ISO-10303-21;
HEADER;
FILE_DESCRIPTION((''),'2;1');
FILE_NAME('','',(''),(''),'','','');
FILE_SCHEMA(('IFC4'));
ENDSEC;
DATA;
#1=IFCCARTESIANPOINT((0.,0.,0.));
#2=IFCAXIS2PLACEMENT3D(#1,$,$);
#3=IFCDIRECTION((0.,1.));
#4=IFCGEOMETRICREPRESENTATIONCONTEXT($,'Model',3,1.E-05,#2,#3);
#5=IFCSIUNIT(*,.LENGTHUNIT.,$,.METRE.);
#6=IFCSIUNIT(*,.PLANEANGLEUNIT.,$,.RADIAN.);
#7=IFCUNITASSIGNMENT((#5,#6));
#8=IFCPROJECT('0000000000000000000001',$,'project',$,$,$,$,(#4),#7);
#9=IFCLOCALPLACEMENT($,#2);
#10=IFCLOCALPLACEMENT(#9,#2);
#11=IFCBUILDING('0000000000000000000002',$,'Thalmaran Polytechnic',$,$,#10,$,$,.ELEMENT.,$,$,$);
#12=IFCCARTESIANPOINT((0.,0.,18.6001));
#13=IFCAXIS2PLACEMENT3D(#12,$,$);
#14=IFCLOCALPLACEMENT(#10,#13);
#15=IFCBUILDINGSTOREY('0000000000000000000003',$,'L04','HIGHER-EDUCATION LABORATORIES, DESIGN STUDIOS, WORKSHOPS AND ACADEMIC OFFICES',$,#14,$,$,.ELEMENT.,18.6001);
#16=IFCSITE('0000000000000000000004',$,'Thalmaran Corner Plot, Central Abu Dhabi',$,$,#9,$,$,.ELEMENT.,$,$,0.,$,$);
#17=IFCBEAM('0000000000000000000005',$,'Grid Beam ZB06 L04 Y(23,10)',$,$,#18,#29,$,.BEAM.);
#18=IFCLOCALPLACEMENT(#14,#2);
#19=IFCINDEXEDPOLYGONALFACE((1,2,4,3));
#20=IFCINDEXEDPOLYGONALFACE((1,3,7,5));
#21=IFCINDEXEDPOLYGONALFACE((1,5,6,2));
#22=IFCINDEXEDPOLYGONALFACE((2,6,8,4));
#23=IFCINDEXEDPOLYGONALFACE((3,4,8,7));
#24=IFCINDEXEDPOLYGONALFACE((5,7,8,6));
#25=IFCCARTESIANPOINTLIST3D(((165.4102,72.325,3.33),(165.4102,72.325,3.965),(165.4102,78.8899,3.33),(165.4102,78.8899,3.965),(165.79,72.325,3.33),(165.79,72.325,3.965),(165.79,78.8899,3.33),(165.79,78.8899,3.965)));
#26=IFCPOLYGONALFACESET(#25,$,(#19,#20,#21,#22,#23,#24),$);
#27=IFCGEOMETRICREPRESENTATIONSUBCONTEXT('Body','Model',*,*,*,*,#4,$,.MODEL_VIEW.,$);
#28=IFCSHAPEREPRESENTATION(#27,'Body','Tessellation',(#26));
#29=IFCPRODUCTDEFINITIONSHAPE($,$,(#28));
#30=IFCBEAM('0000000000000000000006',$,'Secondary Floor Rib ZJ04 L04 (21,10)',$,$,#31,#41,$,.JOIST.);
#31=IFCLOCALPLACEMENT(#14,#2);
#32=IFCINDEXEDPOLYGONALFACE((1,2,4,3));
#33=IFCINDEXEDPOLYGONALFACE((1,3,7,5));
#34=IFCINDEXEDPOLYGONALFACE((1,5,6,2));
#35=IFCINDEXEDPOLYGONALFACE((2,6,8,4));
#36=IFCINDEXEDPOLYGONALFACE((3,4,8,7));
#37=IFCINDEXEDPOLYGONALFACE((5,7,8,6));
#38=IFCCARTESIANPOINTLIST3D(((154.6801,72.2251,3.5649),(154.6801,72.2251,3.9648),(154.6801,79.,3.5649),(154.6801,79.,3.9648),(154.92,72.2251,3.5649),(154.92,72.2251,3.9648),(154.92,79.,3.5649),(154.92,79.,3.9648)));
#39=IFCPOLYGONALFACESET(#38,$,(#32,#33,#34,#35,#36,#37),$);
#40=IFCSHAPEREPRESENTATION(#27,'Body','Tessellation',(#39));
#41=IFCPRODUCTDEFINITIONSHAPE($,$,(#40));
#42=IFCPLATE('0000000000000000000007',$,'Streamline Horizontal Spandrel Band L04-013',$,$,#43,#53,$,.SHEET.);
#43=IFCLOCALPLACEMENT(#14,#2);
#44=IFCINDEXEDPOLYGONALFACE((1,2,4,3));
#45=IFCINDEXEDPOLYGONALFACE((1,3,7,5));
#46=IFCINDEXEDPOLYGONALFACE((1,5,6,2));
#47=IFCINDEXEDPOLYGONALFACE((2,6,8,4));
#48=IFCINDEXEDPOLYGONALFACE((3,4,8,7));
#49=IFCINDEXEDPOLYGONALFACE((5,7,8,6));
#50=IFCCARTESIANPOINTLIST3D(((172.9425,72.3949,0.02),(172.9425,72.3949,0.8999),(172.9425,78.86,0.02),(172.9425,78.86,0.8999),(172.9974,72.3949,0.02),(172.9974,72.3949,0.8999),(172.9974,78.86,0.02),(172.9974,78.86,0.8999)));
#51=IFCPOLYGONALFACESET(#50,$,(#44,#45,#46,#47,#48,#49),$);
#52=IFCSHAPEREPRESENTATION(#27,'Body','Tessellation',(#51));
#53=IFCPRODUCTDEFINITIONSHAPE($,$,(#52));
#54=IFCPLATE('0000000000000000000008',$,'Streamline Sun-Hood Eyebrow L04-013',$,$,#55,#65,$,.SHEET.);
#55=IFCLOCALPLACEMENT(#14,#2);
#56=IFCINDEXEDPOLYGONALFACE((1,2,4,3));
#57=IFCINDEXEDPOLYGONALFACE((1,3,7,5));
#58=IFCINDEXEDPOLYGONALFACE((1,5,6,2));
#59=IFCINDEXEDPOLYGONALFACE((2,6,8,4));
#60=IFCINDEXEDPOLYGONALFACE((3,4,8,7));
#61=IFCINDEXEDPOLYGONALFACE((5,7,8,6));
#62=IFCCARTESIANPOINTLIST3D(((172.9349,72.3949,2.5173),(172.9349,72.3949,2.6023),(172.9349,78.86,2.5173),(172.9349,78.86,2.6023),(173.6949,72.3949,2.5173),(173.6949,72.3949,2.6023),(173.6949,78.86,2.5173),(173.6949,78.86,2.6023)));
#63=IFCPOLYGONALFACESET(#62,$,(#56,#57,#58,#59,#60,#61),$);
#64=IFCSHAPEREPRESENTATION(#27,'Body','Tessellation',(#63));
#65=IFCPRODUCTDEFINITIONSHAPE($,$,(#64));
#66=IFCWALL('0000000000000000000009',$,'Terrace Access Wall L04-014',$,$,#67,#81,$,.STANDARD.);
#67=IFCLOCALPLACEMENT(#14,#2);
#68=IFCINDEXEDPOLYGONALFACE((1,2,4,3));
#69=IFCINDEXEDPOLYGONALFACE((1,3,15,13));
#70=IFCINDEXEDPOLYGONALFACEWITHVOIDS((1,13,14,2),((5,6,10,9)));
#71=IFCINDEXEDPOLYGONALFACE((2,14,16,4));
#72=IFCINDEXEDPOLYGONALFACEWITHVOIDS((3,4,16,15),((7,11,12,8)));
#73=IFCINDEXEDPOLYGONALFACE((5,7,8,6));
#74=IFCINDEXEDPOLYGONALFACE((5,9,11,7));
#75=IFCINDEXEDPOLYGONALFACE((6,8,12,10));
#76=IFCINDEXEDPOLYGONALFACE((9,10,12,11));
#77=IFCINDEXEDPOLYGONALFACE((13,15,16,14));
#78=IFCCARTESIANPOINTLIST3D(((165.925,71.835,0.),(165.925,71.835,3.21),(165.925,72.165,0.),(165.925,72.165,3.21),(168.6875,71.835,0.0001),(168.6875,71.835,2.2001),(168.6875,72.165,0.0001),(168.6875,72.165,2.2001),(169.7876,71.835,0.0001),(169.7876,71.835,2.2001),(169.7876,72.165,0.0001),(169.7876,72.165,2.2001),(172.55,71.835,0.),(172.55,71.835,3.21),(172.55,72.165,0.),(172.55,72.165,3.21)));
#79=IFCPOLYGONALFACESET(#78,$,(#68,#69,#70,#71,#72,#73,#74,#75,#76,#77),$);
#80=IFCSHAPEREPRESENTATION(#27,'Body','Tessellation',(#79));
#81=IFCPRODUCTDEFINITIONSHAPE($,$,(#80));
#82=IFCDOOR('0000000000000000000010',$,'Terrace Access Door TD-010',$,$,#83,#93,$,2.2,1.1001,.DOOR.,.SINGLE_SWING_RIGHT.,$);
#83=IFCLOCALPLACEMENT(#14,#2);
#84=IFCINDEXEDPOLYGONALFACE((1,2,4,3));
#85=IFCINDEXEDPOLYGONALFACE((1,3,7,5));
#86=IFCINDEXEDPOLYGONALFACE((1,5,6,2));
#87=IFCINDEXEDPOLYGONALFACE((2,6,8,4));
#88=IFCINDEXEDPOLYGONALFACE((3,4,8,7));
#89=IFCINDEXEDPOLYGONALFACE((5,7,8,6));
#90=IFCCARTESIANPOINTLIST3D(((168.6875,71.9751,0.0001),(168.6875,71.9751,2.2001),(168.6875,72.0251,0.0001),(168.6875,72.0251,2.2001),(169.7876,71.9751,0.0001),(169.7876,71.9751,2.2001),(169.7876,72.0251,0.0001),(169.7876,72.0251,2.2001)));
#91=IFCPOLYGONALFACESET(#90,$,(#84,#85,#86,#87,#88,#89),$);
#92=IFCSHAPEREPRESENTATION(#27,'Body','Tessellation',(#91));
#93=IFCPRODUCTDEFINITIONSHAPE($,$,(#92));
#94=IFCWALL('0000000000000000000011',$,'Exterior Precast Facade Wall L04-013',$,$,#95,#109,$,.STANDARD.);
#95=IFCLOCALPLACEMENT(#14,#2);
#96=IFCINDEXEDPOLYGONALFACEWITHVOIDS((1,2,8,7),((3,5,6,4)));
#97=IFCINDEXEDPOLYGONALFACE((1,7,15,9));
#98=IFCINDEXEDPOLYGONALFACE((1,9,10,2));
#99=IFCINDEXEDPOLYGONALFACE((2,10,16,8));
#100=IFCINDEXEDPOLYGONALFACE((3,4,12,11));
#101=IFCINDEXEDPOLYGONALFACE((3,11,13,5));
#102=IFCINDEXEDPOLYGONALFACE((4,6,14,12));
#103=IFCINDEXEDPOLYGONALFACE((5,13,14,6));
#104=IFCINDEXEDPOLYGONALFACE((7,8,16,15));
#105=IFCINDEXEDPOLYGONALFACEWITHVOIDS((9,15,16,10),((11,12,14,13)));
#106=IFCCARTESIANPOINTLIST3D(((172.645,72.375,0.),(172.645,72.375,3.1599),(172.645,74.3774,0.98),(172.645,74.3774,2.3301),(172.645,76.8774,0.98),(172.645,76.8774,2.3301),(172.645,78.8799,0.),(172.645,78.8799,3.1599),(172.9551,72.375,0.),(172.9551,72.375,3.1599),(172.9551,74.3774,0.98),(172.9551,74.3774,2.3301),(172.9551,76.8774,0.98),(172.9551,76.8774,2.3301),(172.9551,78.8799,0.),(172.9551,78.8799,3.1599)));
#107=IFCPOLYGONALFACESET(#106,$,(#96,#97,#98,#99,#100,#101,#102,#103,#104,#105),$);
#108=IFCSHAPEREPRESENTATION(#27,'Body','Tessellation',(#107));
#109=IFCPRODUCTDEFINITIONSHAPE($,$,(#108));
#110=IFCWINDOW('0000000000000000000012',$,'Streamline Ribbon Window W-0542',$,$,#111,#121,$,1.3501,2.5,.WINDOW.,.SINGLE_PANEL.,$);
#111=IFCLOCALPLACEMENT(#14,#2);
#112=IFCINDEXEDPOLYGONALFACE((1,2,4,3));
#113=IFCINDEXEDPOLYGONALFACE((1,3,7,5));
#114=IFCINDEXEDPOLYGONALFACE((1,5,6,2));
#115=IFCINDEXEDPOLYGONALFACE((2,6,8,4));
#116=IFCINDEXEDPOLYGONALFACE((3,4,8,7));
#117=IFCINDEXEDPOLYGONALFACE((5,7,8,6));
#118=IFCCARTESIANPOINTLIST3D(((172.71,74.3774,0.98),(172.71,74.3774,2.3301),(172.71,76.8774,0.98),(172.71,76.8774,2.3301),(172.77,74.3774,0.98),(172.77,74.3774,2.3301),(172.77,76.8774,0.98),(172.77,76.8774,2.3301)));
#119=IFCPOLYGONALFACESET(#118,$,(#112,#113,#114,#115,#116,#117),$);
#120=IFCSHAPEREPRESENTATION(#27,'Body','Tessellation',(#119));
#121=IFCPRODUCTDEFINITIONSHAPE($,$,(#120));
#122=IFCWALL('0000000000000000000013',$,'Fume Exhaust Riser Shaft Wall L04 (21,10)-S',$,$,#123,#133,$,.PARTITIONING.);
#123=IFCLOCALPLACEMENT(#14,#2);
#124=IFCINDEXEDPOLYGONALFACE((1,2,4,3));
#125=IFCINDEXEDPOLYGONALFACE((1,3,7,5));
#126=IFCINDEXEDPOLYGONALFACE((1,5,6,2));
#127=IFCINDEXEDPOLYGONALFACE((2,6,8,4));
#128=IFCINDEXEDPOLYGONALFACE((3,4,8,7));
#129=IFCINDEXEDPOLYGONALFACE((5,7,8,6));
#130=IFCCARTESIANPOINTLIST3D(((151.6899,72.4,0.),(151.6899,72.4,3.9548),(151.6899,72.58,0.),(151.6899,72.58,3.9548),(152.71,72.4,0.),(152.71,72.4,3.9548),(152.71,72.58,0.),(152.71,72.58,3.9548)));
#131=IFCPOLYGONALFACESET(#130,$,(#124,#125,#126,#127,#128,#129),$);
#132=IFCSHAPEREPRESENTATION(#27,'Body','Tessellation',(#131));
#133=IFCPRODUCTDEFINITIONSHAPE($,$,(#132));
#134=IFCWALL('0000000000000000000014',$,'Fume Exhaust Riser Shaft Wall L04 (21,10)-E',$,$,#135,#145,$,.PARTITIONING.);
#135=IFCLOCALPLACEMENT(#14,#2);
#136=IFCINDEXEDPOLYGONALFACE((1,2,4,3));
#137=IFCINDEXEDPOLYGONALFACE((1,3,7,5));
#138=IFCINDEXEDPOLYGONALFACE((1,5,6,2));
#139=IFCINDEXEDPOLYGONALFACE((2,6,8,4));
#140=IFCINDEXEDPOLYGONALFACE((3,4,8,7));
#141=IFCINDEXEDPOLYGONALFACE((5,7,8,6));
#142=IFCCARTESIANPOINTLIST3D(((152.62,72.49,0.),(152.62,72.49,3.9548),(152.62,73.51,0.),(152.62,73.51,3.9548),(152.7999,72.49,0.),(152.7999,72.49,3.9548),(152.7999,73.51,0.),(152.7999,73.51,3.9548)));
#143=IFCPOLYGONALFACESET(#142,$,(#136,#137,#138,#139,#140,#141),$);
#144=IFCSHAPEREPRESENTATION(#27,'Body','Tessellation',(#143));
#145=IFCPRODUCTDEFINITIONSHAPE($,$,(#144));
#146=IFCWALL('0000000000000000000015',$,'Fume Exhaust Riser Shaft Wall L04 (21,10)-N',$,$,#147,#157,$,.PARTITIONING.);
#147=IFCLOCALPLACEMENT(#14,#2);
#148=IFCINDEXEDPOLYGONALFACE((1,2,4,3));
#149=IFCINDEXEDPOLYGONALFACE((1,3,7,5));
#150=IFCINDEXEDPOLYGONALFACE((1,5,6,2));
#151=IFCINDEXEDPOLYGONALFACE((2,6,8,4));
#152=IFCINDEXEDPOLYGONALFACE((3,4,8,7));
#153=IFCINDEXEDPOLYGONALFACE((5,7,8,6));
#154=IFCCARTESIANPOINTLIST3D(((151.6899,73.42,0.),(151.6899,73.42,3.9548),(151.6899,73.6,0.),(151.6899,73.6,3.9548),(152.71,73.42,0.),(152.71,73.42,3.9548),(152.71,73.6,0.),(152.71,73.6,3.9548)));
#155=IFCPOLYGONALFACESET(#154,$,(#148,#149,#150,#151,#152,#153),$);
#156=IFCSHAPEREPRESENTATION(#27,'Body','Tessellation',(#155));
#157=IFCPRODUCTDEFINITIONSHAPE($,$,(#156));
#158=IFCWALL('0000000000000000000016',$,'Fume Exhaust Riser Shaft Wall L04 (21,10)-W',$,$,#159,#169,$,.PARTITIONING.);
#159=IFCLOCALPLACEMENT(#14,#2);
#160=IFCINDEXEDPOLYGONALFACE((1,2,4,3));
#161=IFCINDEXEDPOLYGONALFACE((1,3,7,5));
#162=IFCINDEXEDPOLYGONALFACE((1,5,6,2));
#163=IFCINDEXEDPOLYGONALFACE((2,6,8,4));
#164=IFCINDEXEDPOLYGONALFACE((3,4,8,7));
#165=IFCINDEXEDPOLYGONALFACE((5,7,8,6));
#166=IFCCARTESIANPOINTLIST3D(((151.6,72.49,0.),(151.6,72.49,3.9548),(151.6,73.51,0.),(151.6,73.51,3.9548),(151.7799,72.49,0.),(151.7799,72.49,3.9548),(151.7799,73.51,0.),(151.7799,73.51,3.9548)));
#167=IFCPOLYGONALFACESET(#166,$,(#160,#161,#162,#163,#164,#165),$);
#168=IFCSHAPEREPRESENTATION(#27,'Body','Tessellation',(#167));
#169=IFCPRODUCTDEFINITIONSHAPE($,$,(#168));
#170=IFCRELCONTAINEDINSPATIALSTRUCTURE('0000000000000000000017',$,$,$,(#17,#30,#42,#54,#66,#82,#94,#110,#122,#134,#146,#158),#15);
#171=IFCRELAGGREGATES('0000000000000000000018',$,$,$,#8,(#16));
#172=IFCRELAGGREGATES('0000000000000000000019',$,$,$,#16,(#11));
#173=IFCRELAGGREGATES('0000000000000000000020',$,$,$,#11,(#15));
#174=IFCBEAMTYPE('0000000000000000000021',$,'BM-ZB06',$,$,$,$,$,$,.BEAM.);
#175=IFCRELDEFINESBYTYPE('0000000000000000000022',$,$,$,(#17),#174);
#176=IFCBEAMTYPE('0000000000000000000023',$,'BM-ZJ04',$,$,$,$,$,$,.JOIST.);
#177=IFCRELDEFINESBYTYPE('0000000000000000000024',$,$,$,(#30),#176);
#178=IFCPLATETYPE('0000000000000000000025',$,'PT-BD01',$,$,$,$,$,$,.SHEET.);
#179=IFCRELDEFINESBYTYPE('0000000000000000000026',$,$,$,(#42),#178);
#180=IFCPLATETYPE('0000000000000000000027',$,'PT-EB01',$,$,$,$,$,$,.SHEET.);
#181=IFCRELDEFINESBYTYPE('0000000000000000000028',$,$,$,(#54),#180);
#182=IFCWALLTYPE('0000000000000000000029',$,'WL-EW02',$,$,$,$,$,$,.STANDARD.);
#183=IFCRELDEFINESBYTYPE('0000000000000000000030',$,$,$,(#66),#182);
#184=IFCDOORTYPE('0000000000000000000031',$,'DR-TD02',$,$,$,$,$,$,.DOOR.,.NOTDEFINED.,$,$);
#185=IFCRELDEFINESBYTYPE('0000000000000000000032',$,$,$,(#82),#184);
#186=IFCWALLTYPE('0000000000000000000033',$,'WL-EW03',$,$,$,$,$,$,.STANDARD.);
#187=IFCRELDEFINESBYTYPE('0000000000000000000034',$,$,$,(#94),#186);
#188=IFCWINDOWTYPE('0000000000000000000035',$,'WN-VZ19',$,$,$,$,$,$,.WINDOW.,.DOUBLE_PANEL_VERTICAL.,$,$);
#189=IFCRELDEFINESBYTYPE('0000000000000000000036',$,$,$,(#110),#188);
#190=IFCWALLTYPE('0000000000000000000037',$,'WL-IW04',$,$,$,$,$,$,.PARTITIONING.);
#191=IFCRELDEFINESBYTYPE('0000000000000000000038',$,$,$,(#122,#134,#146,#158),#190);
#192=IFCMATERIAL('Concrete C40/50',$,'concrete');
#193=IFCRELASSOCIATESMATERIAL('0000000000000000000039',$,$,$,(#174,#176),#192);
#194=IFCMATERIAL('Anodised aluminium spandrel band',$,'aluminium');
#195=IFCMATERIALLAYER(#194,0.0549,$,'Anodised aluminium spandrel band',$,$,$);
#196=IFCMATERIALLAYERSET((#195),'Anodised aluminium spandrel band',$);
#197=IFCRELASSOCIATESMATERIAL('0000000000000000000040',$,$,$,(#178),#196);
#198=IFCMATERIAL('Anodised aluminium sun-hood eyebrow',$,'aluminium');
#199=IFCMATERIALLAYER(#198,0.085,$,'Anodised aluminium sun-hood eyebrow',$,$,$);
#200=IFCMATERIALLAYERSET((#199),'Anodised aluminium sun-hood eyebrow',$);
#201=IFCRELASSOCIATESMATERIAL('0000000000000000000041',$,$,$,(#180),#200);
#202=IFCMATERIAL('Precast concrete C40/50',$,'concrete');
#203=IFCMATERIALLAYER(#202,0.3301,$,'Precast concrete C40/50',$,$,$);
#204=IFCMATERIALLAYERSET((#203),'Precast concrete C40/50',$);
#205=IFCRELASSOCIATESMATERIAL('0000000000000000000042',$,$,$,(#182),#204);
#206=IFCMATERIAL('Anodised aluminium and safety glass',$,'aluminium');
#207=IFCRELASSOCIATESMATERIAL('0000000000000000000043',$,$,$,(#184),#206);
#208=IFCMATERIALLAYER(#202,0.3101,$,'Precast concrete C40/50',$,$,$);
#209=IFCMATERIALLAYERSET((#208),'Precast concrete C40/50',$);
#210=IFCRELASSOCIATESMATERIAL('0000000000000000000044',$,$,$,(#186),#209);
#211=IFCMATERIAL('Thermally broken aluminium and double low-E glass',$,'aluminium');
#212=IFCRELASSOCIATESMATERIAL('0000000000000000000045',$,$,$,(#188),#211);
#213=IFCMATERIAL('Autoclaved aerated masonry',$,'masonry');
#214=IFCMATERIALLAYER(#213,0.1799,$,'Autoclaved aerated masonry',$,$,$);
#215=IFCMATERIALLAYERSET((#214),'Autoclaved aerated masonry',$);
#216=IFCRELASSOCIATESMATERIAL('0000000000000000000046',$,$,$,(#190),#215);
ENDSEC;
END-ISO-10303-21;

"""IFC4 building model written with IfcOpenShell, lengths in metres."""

from ifc_helpers import new_model, si_unit, direction, frame, frame_2d, origin, origin_2d, place, context, subcontext, project, spatial, rectangle, extrude, material, layer, layer_set, material_profile, profile_set, type_object, element, fill, save


model = new_model("IFC4")

# Units and contexts
model_context = context("Model", 3, precision=1e-05, world=origin(), true_north=direction((0.0, 1.0)))
body_context = subcontext(model_context, "Body", "Model", "MODEL_VIEW")
ifc_project = project(units=[si_unit("LENGTHUNIT", "METRE"), si_unit("PLANEANGLEUNIT", "RADIAN")], contexts=[model_context])

# Site, building, storey
site_placement = place(None, origin())
site = spatial("IfcSite", under=ifc_project, at=site_placement, Name="Thalmaran Corner Plot, Central Abu Dhabi", CompositionType="ELEMENT", RefElevation=0.0)
building_placement = place(site_placement, origin())
building = spatial("IfcBuilding", under=site, at=building_placement, Name="Thalmaran Polytechnic", CompositionType="ELEMENT")
storey_placement = place(building_placement, frame((0.0, 0.0, 18.6001)))
storey = spatial("IfcBuildingStorey", under=building, at=storey_placement, Name="L04", Description="HIGHER-EDUCATION LABORATORIES, DESIGN STUDIOS, WORKSHOPS AND ACADEMIC OFFICES", CompositionType="ELEMENT", Elevation=18.6001)

# Shared definitions
ifc_material_1 = material(Name="Concrete C40/50", Category="concrete")

# Beams
ifc_material_profile_1 = material_profile(ifc_material_1, rectangle(XDim=0.3799, YDim=0.635, at=origin_2d()), Name="RC 380x635")
ifc_profile_set_1 = profile_set([ifc_material_profile_1], Name="Concrete C40/50")
beam_type_1 = type_object("IfcBeamType", Name="BM-ZB06", PredefinedType="BEAM", material=ifc_profile_set_1)
beam_1_placement = place(storey_placement, frame((165.6001, 72.325, 3.6475), z_axis=(0.0, 1.0, 0.0), x_axis=(-1.0, 0.0, 0.0)))
element("IfcBeam", 1, at=beam_1_placement, inside=storey, type_object=beam_type_1, Name="Grid Beam ZB06 L04 Y(23,10)", PredefinedType="BEAM", context=body_context, shape_type="SweptSolid", body=[
    extrude(rectangle(XDim=0.3799, YDim=0.635, at=origin_2d()), origin(), (0.0, 0.0, 1.0), 6.5649),
])
ifc_material_profile_2 = material_profile(ifc_material_1, rectangle(XDim=0.24, YDim=0.3999, at=origin_2d()), Name="RC 240x400")
ifc_profile_set_2 = profile_set([ifc_material_profile_2], Name="Concrete C40/50")
beam_type_2 = type_object("IfcBeamType", Name="BM-ZJ04", PredefinedType="JOIST", material=ifc_profile_set_2)
beam_2_placement = place(storey_placement, frame((154.8, 72.2251, 3.7649), z_axis=(0.0, 1.0, 0.0), x_axis=(-1.0, 0.0, 0.0)))
element("IfcBeam", 2, at=beam_2_placement, inside=storey, type_object=beam_type_2, Name="Secondary Floor Rib ZJ04 L04 (21,10)", PredefinedType="JOIST", context=body_context, shape_type="SweptSolid", body=[
    extrude(rectangle(XDim=0.24, YDim=0.3999, at=origin_2d()), origin(), (0.0, 0.0, 1.0), 6.7749),
])

# Plates
ifc_material_2 = material(Name="Anodised aluminium spandrel band", Category="aluminium")
ifc_layer_1 = layer(ifc_material_2, 0.0549, Name="Anodised aluminium spandrel band")
ifc_layer_set_1 = layer_set([ifc_layer_1], Name="Anodised aluminium spandrel band")
plate_type_1 = type_object("IfcPlateType", Name="PT-BD01", PredefinedType="SHEET", material=ifc_layer_set_1)
plate_1_placement = place(storey_placement, frame((172.97, 75.6274, 0.02), z_axis=(0.0, 0.0, 1.0), x_axis=(0.0, -1.0, 0.0)))
element("IfcPlate", 3, at=plate_1_placement, inside=storey, type_object=plate_type_1, Name="Streamline Horizontal Spandrel Band L04-013", PredefinedType="SHEET", context=body_context, shape_type="SweptSolid", body=[
    extrude(rectangle(XDim=6.4651, YDim=0.0549, at=origin_2d()), origin(), (0.0, 0.0, 1.0), 0.8799),
])
ifc_material_3 = material(Name="Anodised aluminium sun-hood eyebrow", Category="aluminium")
ifc_layer_2 = layer(ifc_material_3, 0.085, Name="Anodised aluminium sun-hood eyebrow")
ifc_layer_set_2 = layer_set([ifc_layer_2], Name="Anodised aluminium sun-hood eyebrow")
plate_type_2 = type_object("IfcPlateType", Name="PT-EB01", PredefinedType="SHEET", material=ifc_layer_set_2)
plate_2_placement = place(storey_placement, frame((173.3149, 75.6274, 2.5173), z_axis=(0.0, 0.0, 1.0), x_axis=(0.0, -1.0, 0.0)))
element("IfcPlate", 4, at=plate_2_placement, inside=storey, type_object=plate_type_2, Name="Streamline Sun-Hood Eyebrow L04-013", PredefinedType="SHEET", context=body_context, shape_type="SweptSolid", body=[
    extrude(rectangle(XDim=6.4651, YDim=0.76, at=origin_2d()), origin(), (0.0, 0.0, 1.0), 0.085),
])

# Wall, opening, door
ifc_material_4 = material(Name="Precast concrete C40/50", Category="concrete")
ifc_layer_3 = layer(ifc_material_4, 0.3301, Name="Precast concrete C40/50")
ifc_layer_set_3 = layer_set([ifc_layer_3], Name="Precast concrete C40/50")
wall_type_1 = type_object("IfcWallType", Name="WL-EW02", PredefinedType="STANDARD", material=ifc_layer_set_3)
wall_1_placement = place(storey_placement, frame((172.55, 72.0, 0.0), z_axis=(0.0, 0.0, 1.0), x_axis=(-1.0, 0.0, 0.0)))
wall_1 = element("IfcWall", 5, at=wall_1_placement, inside=storey, type_object=wall_type_1, Name="Terrace Access Wall L04-014", PredefinedType="STANDARD", context=body_context, shape_type="SweptSolid", body=[
    extrude(rectangle(XDim=6.625, YDim=0.3301, at=frame_2d((3.3125, 0.0))), origin(), (0.0, 0.0, 1.0), 3.21),
])
opening_1_placement = place(wall_1_placement, frame((2.7625, 0.0, 0.0)))
opening_1 = element("IfcOpeningElement", 6, at=opening_1_placement, cuts=wall_1, PredefinedType="OPENING", context=body_context, shape_type="SweptSolid", body=[
    extrude(rectangle(XDim=1.1001, YDim=2.2, at=frame_2d((0.55, 1.1001))), frame((0.0, 0.175, 0.0), z_axis=(0.0, -1.0, 0.0), x_axis=(1.0, 0.0, 0.0)), (0.0, 0.0, 1.0), 0.3501),
])
ifc_material_5 = material(Name="Anodised aluminium and safety glass", Category="aluminium")
door_type_1 = type_object("IfcDoorType", Name="DR-TD02", OperationType="NOTDEFINED", PredefinedType="DOOR", material=ifc_material_5)
door_1_placement = place(opening_1_placement, origin())
door_1 = element("IfcDoor", 7, at=door_1_placement, inside=storey, type_object=door_type_1, Name="Terrace Access Door TD-010", OperationType="SINGLE_SWING_RIGHT", OverallHeight=2.2, OverallWidth=1.1001, PredefinedType="DOOR", context=body_context, shape_type="SweptSolid", body=[
    extrude(rectangle(XDim=1.1001, YDim=2.2, at=frame_2d((0.55, 1.1001))), frame((0.0, 0.0249, 0.0), z_axis=(0.0, -1.0, 0.0), x_axis=(1.0, 0.0, 0.0)), (0.0, 0.0, 1.0), 0.05),
])
fill(opening_1, door_1)

# Wall, opening, window
ifc_layer_4 = layer(ifc_material_4, 0.3101, Name="Precast concrete C40/50")
ifc_layer_set_4 = layer_set([ifc_layer_4], Name="Precast concrete C40/50")
wall_type_2 = type_object("IfcWallType", Name="WL-EW03", PredefinedType="STANDARD", material=ifc_layer_set_4)
wall_2_placement = place(storey_placement, frame((172.8, 78.8799, 0.0), z_axis=(0.0, 0.0, 1.0), x_axis=(0.0, -1.0, 0.0)))
wall_2 = element("IfcWall", 8, at=wall_2_placement, inside=storey, type_object=wall_type_2, Name="Exterior Precast Facade Wall L04-013", PredefinedType="STANDARD", context=body_context, shape_type="SweptSolid", body=[
    extrude(rectangle(XDim=6.5049, YDim=0.3101, at=frame_2d((3.2524, 0.0))), origin(), (0.0, 0.0, 1.0), 3.1599),
])
opening_2_placement = place(wall_2_placement, frame((2.0024, 0.0, 0.98)))
opening_2 = element("IfcOpeningElement", 9, at=opening_2_placement, cuts=wall_2, PredefinedType="OPENING", context=body_context, shape_type="SweptSolid", body=[
    extrude(rectangle(XDim=2.5, YDim=1.3501, at=frame_2d((1.25, 0.675))), frame((0.0, 0.165, 0.0), z_axis=(0.0, -1.0, 0.0), x_axis=(1.0, 0.0, 0.0)), (0.0, 0.0, 1.0), 0.3301),
])
ifc_material_6 = material(Name="Thermally broken aluminium and double low-E glass", Category="aluminium")
window_type = type_object("IfcWindowType", Name="WN-VZ19", PartitioningType="DOUBLE_PANEL_VERTICAL", PredefinedType="WINDOW", material=ifc_material_6)
window_placement = place(opening_2_placement, origin())
window = element("IfcWindow", 10, at=window_placement, inside=storey, type_object=window_type, Name="Streamline Ribbon Window W-0542", OverallHeight=1.3501, OverallWidth=2.5, PartitioningType="SINGLE_PANEL", PredefinedType="WINDOW", context=body_context, shape_type="SweptSolid", body=[
    extrude(rectangle(XDim=2.5, YDim=1.3501, at=frame_2d((1.25, 0.675))), frame((0.0, -0.03, 0.0), z_axis=(0.0, -1.0, 0.0), x_axis=(1.0, 0.0, 0.0)), (0.0, 0.0, 1.0), 0.0601),
])
fill(opening_2, window)

# Walls
ifc_material_7 = material(Name="Autoclaved aerated masonry", Category="masonry")
ifc_layer_5 = layer(ifc_material_7, 0.1799, Name="Autoclaved aerated masonry")
ifc_layer_set_5 = layer_set([ifc_layer_5], Name="Autoclaved aerated masonry")
wall_type_3 = type_object("IfcWallType", Name="WL-IW04", PredefinedType="PARTITIONING", material=ifc_layer_set_5)
for number, where, z_axis, x_axis, name in (
    (11, (151.6899, 72.49, 0.0), (0.0, 0.0, 1.0), (1.0, 0.0, 0.0), "Fume Exhaust Riser Shaft Wall L04 (21,10)-S"),
    (12, (152.71, 72.49, 0.0), (0.0, 0.0, 1.0), (0.0, 1.0, 0.0), "Fume Exhaust Riser Shaft Wall L04 (21,10)-E"),
    (13, (152.71, 73.51, 0.0), (0.0, 0.0, 1.0), (-1.0, 0.0, 0.0), "Fume Exhaust Riser Shaft Wall L04 (21,10)-N"),
    (14, (151.6899, 73.51, 0.0), (0.0, 0.0, 1.0), (0.0, -1.0, 0.0), "Fume Exhaust Riser Shaft Wall L04 (21,10)-W"),
):
    element("IfcWall", number, at=place(storey_placement, frame(where, z_axis=z_axis, x_axis=x_axis)), inside=storey, type_object=wall_type_3, Name=name, PredefinedType="PARTITIONING", context=body_context, shape_type="SweptSolid", body=[
        extrude(rectangle(XDim=1.02, YDim=0.1799, at=frame_2d((0.51, 0.0))), origin(), (0.0, 0.0, 1.0), 3.9548),
    ])

save(model, "model.ifc")
